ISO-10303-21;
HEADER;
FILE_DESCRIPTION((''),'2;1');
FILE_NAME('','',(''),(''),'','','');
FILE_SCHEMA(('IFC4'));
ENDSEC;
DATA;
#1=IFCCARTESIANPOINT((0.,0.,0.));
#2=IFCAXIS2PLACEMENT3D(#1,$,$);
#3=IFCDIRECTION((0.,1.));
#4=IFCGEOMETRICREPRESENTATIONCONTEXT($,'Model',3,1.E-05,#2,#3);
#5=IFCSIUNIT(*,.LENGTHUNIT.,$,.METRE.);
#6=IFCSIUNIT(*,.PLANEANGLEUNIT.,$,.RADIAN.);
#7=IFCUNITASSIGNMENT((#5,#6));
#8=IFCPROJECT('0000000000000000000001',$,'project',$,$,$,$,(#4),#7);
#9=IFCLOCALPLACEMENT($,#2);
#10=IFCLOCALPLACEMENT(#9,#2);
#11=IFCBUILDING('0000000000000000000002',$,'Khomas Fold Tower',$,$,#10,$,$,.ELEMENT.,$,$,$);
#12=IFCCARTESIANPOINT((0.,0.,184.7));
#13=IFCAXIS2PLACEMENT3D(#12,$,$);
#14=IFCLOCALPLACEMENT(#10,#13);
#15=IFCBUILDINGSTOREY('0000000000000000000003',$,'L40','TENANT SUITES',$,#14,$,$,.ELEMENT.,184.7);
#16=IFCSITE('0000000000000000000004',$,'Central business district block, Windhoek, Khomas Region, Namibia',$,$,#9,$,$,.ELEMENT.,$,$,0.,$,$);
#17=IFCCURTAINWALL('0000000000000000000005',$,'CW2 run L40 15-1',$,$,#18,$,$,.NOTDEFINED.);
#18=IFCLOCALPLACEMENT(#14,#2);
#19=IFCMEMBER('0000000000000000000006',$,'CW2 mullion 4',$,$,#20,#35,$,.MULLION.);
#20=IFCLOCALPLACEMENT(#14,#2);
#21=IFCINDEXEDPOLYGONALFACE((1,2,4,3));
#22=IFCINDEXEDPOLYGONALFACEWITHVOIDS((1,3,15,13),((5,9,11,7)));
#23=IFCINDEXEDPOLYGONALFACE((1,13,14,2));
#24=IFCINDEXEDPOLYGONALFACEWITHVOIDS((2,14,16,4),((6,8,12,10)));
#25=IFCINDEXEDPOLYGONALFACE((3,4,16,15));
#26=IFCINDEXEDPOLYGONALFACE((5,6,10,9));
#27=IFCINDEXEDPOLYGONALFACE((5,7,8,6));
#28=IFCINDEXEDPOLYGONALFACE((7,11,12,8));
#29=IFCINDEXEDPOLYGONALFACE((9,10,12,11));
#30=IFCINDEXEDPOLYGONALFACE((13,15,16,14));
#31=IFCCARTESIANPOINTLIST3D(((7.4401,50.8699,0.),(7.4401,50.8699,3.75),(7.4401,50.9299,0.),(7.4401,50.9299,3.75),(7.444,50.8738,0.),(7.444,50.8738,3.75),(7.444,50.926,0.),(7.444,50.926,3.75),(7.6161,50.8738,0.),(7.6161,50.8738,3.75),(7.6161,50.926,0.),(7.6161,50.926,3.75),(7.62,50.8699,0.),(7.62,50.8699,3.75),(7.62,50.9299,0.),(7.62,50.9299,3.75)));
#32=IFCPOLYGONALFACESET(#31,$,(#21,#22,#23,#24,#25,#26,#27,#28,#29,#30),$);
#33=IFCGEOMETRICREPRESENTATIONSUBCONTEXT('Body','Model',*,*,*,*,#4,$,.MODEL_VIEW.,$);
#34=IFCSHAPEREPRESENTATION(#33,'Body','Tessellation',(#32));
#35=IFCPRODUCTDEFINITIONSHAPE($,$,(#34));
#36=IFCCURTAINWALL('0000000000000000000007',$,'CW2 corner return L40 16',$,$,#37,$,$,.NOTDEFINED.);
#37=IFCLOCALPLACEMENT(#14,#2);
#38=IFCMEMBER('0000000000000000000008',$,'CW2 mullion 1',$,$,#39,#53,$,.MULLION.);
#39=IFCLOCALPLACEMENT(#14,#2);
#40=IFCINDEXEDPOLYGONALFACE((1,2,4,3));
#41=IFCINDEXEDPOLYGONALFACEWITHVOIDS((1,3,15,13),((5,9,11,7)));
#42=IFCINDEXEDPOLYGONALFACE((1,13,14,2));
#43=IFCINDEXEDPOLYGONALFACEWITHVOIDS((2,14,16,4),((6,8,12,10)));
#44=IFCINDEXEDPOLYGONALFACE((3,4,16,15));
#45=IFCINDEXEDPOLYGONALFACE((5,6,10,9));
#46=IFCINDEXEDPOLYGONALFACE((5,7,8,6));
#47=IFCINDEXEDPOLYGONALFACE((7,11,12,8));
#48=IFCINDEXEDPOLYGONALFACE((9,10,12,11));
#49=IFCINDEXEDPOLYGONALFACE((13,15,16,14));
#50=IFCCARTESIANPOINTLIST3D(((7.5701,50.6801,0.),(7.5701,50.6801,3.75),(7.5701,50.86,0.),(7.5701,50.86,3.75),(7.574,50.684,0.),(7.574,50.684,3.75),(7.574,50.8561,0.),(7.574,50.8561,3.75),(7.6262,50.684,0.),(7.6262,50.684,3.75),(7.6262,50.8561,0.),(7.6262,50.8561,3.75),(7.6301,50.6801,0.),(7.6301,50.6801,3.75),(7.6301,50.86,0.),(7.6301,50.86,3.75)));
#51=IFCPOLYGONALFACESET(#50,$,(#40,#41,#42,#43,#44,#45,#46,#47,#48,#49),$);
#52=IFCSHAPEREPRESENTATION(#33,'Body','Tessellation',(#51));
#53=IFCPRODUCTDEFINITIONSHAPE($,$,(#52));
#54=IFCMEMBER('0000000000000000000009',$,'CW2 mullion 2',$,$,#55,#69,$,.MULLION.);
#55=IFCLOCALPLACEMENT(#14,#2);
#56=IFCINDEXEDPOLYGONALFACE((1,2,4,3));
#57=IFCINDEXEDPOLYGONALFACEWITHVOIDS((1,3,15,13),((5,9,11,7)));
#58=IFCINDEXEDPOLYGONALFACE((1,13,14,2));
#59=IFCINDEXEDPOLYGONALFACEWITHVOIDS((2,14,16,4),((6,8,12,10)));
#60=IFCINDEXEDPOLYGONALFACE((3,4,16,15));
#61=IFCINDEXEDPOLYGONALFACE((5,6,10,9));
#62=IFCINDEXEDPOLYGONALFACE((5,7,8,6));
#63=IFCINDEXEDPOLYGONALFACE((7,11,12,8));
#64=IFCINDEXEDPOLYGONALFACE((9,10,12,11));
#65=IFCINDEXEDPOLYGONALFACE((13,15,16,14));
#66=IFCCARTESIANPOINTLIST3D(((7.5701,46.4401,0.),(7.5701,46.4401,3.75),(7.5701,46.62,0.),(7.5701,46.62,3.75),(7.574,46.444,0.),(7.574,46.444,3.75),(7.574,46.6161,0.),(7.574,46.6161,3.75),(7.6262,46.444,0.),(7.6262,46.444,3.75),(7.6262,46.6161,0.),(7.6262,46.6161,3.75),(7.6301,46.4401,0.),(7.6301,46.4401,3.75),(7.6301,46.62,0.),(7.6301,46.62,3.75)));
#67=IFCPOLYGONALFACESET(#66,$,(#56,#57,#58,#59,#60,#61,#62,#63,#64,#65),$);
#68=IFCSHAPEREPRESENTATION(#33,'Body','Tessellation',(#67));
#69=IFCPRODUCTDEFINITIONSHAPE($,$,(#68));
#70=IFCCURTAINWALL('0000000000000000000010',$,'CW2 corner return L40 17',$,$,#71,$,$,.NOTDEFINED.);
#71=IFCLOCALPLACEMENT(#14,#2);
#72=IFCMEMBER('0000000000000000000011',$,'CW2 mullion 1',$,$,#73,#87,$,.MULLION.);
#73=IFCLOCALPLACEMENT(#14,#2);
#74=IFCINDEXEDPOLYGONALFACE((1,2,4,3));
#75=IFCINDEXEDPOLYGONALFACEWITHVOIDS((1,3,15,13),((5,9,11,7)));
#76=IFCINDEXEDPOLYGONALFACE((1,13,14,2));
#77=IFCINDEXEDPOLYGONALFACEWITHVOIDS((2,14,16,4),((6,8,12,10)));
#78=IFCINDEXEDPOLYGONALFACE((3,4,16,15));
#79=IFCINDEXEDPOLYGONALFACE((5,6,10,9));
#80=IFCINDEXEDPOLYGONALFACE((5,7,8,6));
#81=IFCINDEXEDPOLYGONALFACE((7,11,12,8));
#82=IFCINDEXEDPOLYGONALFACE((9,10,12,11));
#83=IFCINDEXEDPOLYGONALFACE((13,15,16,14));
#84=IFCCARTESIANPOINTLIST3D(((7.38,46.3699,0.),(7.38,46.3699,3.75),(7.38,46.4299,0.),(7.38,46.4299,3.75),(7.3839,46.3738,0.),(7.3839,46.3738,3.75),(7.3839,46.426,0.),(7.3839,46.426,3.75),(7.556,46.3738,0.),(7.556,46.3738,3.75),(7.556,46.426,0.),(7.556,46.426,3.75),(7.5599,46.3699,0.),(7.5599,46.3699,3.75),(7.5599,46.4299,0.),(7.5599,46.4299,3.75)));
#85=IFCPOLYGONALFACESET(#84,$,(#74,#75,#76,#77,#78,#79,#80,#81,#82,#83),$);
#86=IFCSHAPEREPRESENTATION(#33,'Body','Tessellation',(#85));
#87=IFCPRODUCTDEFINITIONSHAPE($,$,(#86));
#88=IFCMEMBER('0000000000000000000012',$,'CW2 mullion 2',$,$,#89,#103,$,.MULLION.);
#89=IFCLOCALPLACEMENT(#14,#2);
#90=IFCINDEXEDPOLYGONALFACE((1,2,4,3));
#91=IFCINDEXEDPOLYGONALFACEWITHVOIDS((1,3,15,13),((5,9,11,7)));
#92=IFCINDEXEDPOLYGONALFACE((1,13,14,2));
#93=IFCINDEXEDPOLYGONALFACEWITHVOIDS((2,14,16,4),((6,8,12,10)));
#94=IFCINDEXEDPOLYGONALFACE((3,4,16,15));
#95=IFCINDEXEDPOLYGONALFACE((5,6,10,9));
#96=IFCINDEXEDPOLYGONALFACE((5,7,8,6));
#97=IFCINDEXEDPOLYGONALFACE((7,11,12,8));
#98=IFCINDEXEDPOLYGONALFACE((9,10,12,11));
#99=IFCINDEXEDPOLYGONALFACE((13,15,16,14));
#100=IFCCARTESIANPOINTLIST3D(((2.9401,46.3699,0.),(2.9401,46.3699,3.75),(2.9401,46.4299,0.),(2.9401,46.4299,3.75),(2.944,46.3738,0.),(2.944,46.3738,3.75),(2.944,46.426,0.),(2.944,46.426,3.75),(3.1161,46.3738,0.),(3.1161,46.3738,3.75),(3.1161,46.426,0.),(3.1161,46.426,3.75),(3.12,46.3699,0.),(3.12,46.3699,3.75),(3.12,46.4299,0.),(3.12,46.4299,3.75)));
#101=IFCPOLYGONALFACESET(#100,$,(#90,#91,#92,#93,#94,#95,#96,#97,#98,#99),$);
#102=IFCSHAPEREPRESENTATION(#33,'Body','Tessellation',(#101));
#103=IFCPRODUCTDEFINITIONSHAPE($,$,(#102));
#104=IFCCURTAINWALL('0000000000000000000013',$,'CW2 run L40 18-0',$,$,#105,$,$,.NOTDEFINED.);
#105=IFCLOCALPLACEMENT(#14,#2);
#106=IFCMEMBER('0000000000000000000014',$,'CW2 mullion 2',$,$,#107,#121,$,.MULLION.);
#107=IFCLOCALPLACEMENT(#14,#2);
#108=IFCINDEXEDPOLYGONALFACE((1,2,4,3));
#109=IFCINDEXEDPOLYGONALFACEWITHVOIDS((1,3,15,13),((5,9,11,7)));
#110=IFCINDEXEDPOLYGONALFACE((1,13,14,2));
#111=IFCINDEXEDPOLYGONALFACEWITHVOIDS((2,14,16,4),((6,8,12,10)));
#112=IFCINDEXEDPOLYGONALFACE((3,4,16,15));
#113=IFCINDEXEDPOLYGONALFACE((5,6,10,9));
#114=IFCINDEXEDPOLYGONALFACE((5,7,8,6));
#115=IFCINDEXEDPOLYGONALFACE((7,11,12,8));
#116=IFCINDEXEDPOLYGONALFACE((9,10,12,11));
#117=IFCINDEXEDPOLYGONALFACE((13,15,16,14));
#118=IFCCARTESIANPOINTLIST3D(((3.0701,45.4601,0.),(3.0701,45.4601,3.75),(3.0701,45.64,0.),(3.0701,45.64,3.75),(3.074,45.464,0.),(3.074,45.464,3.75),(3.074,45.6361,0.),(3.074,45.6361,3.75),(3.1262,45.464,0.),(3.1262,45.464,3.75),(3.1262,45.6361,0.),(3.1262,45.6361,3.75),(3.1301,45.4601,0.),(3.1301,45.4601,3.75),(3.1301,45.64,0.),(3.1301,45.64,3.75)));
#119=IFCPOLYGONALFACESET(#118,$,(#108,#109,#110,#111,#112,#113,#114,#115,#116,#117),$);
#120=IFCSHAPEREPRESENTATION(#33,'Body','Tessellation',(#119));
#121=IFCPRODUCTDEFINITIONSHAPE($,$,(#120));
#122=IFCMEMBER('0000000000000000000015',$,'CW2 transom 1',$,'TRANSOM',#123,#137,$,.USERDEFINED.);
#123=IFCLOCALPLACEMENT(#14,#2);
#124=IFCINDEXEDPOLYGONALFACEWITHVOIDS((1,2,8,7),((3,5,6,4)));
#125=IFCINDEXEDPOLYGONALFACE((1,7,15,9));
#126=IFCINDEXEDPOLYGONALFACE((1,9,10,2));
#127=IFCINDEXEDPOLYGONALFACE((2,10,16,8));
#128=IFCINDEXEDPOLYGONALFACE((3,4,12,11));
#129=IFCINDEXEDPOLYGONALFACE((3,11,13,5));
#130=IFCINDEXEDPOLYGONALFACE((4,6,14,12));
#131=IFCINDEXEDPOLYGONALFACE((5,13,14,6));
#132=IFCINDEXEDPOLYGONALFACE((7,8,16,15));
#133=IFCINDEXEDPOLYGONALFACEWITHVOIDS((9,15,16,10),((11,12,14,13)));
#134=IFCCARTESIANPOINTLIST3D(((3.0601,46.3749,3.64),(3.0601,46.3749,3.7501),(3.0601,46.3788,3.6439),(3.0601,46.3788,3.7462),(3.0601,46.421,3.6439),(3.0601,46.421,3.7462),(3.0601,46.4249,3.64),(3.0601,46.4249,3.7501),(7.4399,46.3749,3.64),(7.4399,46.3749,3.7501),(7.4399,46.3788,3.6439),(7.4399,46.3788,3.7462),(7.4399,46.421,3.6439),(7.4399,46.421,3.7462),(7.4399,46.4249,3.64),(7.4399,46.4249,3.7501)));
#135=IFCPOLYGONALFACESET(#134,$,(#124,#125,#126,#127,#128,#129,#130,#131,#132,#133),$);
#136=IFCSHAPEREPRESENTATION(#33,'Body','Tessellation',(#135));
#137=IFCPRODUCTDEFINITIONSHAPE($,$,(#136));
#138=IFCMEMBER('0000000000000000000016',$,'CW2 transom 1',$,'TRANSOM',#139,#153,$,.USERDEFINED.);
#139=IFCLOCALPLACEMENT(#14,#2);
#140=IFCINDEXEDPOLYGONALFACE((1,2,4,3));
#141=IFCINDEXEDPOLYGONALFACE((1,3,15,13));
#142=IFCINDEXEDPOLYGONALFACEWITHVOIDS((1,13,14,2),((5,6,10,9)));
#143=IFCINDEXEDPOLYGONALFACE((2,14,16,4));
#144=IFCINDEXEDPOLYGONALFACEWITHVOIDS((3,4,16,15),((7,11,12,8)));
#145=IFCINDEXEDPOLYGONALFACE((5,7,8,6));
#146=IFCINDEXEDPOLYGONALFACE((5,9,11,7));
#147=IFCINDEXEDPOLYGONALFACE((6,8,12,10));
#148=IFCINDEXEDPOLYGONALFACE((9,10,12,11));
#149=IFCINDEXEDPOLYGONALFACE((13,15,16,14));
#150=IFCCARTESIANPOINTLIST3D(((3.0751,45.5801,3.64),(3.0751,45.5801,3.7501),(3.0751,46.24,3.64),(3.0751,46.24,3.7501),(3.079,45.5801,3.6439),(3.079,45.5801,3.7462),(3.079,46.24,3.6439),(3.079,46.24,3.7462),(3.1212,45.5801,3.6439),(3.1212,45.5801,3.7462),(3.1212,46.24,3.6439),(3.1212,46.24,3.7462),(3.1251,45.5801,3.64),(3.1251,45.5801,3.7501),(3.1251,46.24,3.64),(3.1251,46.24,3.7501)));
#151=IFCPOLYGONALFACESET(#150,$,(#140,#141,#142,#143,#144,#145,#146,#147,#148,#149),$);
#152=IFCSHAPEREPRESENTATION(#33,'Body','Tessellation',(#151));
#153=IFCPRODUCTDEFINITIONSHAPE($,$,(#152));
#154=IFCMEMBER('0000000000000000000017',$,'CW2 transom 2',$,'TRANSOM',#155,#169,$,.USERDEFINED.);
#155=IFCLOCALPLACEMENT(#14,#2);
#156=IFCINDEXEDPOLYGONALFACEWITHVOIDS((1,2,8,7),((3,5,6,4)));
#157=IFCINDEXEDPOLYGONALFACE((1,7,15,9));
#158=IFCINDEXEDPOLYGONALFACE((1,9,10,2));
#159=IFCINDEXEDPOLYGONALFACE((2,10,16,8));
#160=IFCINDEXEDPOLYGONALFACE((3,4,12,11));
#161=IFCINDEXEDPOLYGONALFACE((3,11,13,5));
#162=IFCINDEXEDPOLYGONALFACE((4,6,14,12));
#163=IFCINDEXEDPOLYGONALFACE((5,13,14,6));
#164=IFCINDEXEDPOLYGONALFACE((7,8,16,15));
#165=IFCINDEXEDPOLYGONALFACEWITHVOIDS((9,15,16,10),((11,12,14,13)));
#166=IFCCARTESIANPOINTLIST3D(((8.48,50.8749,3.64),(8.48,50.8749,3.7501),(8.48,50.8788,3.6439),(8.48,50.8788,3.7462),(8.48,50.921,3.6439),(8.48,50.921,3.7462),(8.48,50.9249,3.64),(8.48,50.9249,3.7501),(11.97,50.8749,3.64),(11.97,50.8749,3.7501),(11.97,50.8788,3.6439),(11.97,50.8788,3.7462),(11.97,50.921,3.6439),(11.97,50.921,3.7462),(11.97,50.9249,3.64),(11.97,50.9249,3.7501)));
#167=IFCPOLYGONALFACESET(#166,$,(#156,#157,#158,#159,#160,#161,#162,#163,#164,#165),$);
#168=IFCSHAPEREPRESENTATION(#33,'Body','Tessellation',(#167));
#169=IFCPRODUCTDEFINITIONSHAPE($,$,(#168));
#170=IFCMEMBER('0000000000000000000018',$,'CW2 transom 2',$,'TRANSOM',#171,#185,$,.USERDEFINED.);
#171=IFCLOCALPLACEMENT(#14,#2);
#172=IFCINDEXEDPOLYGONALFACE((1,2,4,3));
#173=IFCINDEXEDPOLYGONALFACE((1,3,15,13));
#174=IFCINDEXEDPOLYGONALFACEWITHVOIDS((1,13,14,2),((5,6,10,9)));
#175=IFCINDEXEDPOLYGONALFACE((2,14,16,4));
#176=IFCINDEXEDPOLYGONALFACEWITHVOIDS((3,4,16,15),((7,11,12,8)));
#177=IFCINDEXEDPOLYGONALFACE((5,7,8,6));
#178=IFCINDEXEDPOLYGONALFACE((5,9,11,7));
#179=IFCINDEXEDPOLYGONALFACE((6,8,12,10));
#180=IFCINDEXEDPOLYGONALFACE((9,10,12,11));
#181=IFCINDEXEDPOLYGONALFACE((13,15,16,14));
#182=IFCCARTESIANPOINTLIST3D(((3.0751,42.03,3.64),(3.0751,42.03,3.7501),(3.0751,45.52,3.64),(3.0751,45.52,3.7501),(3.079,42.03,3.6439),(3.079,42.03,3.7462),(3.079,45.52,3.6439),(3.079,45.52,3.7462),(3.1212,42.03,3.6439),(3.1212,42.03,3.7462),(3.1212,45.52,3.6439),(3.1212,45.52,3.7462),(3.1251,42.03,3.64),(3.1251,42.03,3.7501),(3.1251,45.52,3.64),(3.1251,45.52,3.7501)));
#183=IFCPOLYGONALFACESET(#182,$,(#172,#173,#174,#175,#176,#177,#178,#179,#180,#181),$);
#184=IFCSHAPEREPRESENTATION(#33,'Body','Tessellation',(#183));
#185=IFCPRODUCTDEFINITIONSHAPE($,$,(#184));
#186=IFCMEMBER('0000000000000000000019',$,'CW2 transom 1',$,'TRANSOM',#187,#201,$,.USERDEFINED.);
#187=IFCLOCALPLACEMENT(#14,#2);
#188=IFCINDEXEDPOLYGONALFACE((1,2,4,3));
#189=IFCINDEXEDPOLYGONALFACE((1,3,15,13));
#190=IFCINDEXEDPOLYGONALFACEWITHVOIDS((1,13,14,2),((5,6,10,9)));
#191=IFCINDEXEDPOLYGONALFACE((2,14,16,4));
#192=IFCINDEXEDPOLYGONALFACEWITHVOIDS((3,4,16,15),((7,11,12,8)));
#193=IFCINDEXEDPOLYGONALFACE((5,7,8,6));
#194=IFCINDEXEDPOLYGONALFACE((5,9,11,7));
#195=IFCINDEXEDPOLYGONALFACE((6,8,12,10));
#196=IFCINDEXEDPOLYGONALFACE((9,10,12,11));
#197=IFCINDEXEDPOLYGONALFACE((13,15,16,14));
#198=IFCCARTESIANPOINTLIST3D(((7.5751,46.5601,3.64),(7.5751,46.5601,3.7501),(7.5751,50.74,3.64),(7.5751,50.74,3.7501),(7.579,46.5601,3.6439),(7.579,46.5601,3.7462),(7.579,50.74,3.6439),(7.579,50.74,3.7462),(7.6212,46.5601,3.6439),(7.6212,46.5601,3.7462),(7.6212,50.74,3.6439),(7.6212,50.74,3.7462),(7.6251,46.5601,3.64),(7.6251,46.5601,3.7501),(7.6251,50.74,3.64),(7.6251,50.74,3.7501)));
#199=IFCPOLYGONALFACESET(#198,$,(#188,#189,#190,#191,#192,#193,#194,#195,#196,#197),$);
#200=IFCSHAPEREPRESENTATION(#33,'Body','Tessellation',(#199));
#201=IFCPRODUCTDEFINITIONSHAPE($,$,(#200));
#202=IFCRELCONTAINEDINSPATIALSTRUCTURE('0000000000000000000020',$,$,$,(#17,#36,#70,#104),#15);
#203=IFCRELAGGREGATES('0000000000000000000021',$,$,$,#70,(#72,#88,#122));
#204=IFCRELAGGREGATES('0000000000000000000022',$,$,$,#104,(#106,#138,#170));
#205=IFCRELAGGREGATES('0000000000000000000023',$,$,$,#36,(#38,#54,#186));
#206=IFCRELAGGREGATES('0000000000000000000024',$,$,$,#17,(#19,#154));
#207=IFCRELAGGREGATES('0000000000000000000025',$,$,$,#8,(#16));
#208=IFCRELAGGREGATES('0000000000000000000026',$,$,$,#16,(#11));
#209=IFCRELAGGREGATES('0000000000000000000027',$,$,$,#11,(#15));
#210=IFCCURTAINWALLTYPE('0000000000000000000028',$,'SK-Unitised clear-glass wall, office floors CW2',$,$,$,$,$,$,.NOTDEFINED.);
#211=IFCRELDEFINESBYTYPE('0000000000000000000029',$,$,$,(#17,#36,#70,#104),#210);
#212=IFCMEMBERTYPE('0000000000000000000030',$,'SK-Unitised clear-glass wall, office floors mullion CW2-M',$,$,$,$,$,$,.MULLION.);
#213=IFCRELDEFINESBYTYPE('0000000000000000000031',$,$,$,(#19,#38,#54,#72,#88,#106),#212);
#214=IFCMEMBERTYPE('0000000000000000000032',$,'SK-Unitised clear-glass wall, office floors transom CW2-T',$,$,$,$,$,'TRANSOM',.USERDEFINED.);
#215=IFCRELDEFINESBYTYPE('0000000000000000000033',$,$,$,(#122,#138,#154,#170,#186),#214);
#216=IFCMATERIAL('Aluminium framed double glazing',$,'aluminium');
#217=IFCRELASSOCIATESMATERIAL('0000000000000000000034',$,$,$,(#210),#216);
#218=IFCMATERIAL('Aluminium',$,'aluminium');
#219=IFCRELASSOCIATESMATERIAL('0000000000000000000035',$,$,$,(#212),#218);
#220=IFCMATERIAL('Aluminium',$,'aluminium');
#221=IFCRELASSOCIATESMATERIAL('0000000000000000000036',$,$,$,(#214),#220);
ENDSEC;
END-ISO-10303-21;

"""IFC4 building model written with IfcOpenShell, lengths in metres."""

from ifc_helpers import new_model, si_unit, direction, frame, origin, origin_2d, place, context, subcontext, project, spatial, hollow_rectangle, extrude, source, transform, mapped, material, material_profile, profile_set, type_object, element, aggregate, save


model = new_model("IFC4")

# Units and contexts
model_context = context("Model", 3, precision=1e-05, world=origin(), true_north=direction((0.0, 1.0)))
body_context = subcontext(model_context, "Body", "Model", "MODEL_VIEW")
ifc_project = project(units=[si_unit("LENGTHUNIT", "METRE"), si_unit("PLANEANGLEUNIT", "RADIAN")], contexts=[model_context])

# Site, building, storey
site_placement = place(None, origin())
site = spatial("IfcSite", under=ifc_project, at=site_placement, Name="Central business district block, Windhoek, Khomas Region, Namibia", CompositionType="ELEMENT", RefElevation=0.0)
building_placement = place(site_placement, origin())
building = spatial("IfcBuilding", under=site, at=building_placement, Name="Khomas Fold Tower", CompositionType="ELEMENT")
storey_placement = place(building_placement, frame((0.0, 0.0, 184.7)))
storey = spatial("IfcBuildingStorey", under=building, at=storey_placement, Name="L40", Description="TENANT SUITES", CompositionType="ELEMENT", Elevation=184.7)

# Curtain walls, members
ifc_material_1 = material(Name="Aluminium framed double glazing", Category="aluminium")
curtain_wall_type = type_object("IfcCurtainWallType", Name="SK-Unitised clear-glass wall, office floors CW2", PredefinedType="NOTDEFINED", material=ifc_material_1)
curtain_wall_1_placement = place(storey_placement, origin())
curtain_wall_1 = element("IfcCurtainWall", 1, at=curtain_wall_1_placement, inside=storey, type_object=curtain_wall_type, Name="CW2 run L40 15-1", PredefinedType="NOTDEFINED")
ifc_material_2 = material(Name="Aluminium", Category="aluminium")
ifc_material_profile_1 = material_profile(ifc_material_2, hollow_rectangle(XDim=0.0601, YDim=0.1799, WallThickness=0.0039, at=origin_2d()), Name="SK-Unitised clear-glass wall, office floors mullion CW2-M")
ifc_profile_set_1 = profile_set([ifc_material_profile_1], Name="Aluminium")
member_type_1 = type_object("IfcMemberType", Name="SK-Unitised clear-glass wall, office floors mullion CW2-M", PredefinedType="MULLION", material=ifc_profile_set_1)
shared_shape_1 = source(origin(), body_context, "Body", "SweptSolid", [
    extrude(hollow_rectangle(XDim=0.0601, YDim=0.1799, WallThickness=0.0039, at=origin_2d()), origin(), (0.0, 0.0, 1.0), 3.75),
])
member_1_placement = place(storey_placement, frame((7.53, 50.8999, 0.0), z_axis=(0.0, 0.0, 1.0), x_axis=(0.0, -1.0, 0.0)))
member_1 = element("IfcMember", 2, at=member_1_placement, type_object=member_type_1, Name="CW2 mullion 4", PredefinedType="MULLION", context=body_context, shape_type="MappedRepresentation", body=[
    mapped(shared_shape_1, transform((0.0, 0.0, 0.0))),
])
curtain_wall_2_placement = place(storey_placement, origin())
curtain_wall_2 = element("IfcCurtainWall", 3, at=curtain_wall_2_placement, inside=storey, type_object=curtain_wall_type, Name="CW2 corner return L40 16", PredefinedType="NOTDEFINED")
member_2_placement = place(storey_placement, frame((7.6001, 50.77, 0.0), z_axis=(0.0, 0.0, 1.0), x_axis=(1.0, 0.0, 0.0)))
member_2 = element("IfcMember", 4, at=member_2_placement, type_object=member_type_1, Name="CW2 mullion 1", PredefinedType="MULLION", context=body_context, shape_type="MappedRepresentation", body=[
    mapped(shared_shape_1, transform((0.0, 0.0, 0.0))),
])
member_3_placement = place(storey_placement, frame((7.6001, 46.53, 0.0), z_axis=(0.0, 0.0, 1.0), x_axis=(1.0, 0.0, 0.0)))
member_3 = element("IfcMember", 5, at=member_3_placement, type_object=member_type_1, Name="CW2 mullion 2", PredefinedType="MULLION", context=body_context, shape_type="MappedRepresentation", body=[
    mapped(shared_shape_1, transform((0.0, 0.0, 0.0))),
])
curtain_wall_3_placement = place(storey_placement, origin())
curtain_wall_3 = element("IfcCurtainWall", 6, at=curtain_wall_3_placement, inside=storey, type_object=curtain_wall_type, Name="CW2 corner return L40 17", PredefinedType="NOTDEFINED")
member_4_placement = place(storey_placement, frame((7.47, 46.3999, 0.0), z_axis=(0.0, 0.0, 1.0), x_axis=(0.0, -1.0, 0.0)))
member_4 = element("IfcMember", 7, at=member_4_placement, type_object=member_type_1, Name="CW2 mullion 1", PredefinedType="MULLION", context=body_context, shape_type="MappedRepresentation", body=[
    mapped(shared_shape_1, transform((0.0, 0.0, 0.0))),
])
member_5_placement = place(storey_placement, frame((3.03, 46.3999, 0.0), z_axis=(0.0, 0.0, 1.0), x_axis=(0.0, -1.0, 0.0)))
member_5 = element("IfcMember", 8, at=member_5_placement, type_object=member_type_1, Name="CW2 mullion 2", PredefinedType="MULLION", context=body_context, shape_type="MappedRepresentation", body=[
    mapped(shared_shape_1, transform((0.0, 0.0, 0.0))),
])

# Curtain wall, member
curtain_wall_4_placement = place(storey_placement, origin())
curtain_wall_4 = element("IfcCurtainWall", 9, at=curtain_wall_4_placement, inside=storey, type_object=curtain_wall_type, Name="CW2 run L40 18-0", PredefinedType="NOTDEFINED")
member_6_placement = place(storey_placement, frame((3.1001, 45.55, 0.0), z_axis=(0.0, 0.0, 1.0), x_axis=(1.0, 0.0, 0.0)))
member_6 = element("IfcMember", 10, at=member_6_placement, type_object=member_type_1, Name="CW2 mullion 2", PredefinedType="MULLION", context=body_context, shape_type="MappedRepresentation", body=[
    mapped(shared_shape_1, transform((0.0, 0.0, 0.0))),
])

# Members
ifc_material_3 = material(Name="Aluminium", Category="aluminium")
ifc_material_profile_2 = material_profile(ifc_material_3, hollow_rectangle(XDim=0.05, YDim=0.1101, WallThickness=0.0039, at=origin_2d()), Name="SK-Unitised clear-glass wall, office floors transom CW2-T")
ifc_profile_set_2 = profile_set([ifc_material_profile_2], Name="Aluminium")
member_type_2 = type_object("IfcMemberType", Name="SK-Unitised clear-glass wall, office floors transom CW2-T", ElementType="TRANSOM", PredefinedType="USERDEFINED", material=ifc_profile_set_2)
shared_shape_2 = source(origin(), body_context, "Body", "SweptSolid", [
    extrude(hollow_rectangle(XDim=0.05, YDim=0.1101, WallThickness=0.0039, at=origin_2d()), origin(), (0.0, 0.0, 1.0), 4.3799),
])
member_7_placement = place(storey_placement, frame((7.4399, 46.3999, 3.6951), z_axis=(-1.0, 0.0, 0.0), x_axis=(0.0, -1.0, 0.0)))
member_7 = element("IfcMember", 11, at=member_7_placement, type_object=member_type_2, Name="CW2 transom 1", ObjectType="TRANSOM", PredefinedType="USERDEFINED", context=body_context, shape_type="MappedRepresentation", body=[
    mapped(shared_shape_2, transform((0.0, 0.0, 0.0))),
])
shared_shape_3 = source(origin(), body_context, "Body", "SweptSolid", [
    extrude(hollow_rectangle(XDim=0.05, YDim=0.1101, WallThickness=0.0039, at=origin_2d()), origin(), (0.0, 0.0, 1.0), 0.6599),
])
member_8_placement = place(storey_placement, frame((3.1001, 46.24, 3.6951), z_axis=(0.0, -1.0, 0.0), x_axis=(1.0, 0.0, 0.0)))
member_8 = element("IfcMember", 12, at=member_8_placement, type_object=member_type_2, Name="CW2 transom 1", ObjectType="TRANSOM", PredefinedType="USERDEFINED", context=body_context, shape_type="MappedRepresentation", body=[
    mapped(shared_shape_3, transform((0.0, 0.0, 0.0))),
])
shared_shape_4 = source(origin(), body_context, "Body", "SweptSolid", [
    extrude(hollow_rectangle(XDim=0.05, YDim=0.1101, WallThickness=0.0039, at=origin_2d()), origin(), (0.0, 0.0, 1.0), 3.49),
])
member_9_placement = place(storey_placement, frame((11.97, 50.8999, 3.6951), z_axis=(-1.0, 0.0, 0.0), x_axis=(0.0, -1.0, 0.0)))
member_9 = element("IfcMember", 13, at=member_9_placement, type_object=member_type_2, Name="CW2 transom 2", ObjectType="TRANSOM", PredefinedType="USERDEFINED", context=body_context, shape_type="MappedRepresentation", body=[
    mapped(shared_shape_4, transform((0.0, 0.0, 0.0))),
])
member_10_placement = place(storey_placement, frame((3.1001, 45.52, 3.6951), z_axis=(0.0, -1.0, 0.0), x_axis=(1.0, 0.0, 0.0)))
member_10 = element("IfcMember", 14, at=member_10_placement, type_object=member_type_2, Name="CW2 transom 2", ObjectType="TRANSOM", PredefinedType="USERDEFINED", context=body_context, shape_type="MappedRepresentation", body=[
    mapped(shared_shape_4, transform((0.0, 0.0, 0.0))),
])
shared_shape_5 = source(origin(), body_context, "Body", "SweptSolid", [
    extrude(hollow_rectangle(XDim=0.05, YDim=0.1101, WallThickness=0.0039, at=origin_2d()), origin(), (0.0, 0.0, 1.0), 4.1799),
])
member_11_placement = place(storey_placement, frame((7.6001, 50.74, 3.6951), z_axis=(0.0, -1.0, 0.0), x_axis=(1.0, 0.0, 0.0)))
member_11 = element("IfcMember", 15, at=member_11_placement, type_object=member_type_2, Name="CW2 transom 1", ObjectType="TRANSOM", PredefinedType="USERDEFINED", context=body_context, shape_type="MappedRepresentation", body=[
    mapped(shared_shape_5, transform((0.0, 0.0, 0.0))),
])

aggregate(curtain_wall_3, [member_4, member_5, member_7])
aggregate(curtain_wall_4, [member_6, member_8, member_10])
aggregate(curtain_wall_2, [member_2, member_3, member_11])
aggregate(curtain_wall_1, [member_1, member_9])

save(model, "model.ifc")
